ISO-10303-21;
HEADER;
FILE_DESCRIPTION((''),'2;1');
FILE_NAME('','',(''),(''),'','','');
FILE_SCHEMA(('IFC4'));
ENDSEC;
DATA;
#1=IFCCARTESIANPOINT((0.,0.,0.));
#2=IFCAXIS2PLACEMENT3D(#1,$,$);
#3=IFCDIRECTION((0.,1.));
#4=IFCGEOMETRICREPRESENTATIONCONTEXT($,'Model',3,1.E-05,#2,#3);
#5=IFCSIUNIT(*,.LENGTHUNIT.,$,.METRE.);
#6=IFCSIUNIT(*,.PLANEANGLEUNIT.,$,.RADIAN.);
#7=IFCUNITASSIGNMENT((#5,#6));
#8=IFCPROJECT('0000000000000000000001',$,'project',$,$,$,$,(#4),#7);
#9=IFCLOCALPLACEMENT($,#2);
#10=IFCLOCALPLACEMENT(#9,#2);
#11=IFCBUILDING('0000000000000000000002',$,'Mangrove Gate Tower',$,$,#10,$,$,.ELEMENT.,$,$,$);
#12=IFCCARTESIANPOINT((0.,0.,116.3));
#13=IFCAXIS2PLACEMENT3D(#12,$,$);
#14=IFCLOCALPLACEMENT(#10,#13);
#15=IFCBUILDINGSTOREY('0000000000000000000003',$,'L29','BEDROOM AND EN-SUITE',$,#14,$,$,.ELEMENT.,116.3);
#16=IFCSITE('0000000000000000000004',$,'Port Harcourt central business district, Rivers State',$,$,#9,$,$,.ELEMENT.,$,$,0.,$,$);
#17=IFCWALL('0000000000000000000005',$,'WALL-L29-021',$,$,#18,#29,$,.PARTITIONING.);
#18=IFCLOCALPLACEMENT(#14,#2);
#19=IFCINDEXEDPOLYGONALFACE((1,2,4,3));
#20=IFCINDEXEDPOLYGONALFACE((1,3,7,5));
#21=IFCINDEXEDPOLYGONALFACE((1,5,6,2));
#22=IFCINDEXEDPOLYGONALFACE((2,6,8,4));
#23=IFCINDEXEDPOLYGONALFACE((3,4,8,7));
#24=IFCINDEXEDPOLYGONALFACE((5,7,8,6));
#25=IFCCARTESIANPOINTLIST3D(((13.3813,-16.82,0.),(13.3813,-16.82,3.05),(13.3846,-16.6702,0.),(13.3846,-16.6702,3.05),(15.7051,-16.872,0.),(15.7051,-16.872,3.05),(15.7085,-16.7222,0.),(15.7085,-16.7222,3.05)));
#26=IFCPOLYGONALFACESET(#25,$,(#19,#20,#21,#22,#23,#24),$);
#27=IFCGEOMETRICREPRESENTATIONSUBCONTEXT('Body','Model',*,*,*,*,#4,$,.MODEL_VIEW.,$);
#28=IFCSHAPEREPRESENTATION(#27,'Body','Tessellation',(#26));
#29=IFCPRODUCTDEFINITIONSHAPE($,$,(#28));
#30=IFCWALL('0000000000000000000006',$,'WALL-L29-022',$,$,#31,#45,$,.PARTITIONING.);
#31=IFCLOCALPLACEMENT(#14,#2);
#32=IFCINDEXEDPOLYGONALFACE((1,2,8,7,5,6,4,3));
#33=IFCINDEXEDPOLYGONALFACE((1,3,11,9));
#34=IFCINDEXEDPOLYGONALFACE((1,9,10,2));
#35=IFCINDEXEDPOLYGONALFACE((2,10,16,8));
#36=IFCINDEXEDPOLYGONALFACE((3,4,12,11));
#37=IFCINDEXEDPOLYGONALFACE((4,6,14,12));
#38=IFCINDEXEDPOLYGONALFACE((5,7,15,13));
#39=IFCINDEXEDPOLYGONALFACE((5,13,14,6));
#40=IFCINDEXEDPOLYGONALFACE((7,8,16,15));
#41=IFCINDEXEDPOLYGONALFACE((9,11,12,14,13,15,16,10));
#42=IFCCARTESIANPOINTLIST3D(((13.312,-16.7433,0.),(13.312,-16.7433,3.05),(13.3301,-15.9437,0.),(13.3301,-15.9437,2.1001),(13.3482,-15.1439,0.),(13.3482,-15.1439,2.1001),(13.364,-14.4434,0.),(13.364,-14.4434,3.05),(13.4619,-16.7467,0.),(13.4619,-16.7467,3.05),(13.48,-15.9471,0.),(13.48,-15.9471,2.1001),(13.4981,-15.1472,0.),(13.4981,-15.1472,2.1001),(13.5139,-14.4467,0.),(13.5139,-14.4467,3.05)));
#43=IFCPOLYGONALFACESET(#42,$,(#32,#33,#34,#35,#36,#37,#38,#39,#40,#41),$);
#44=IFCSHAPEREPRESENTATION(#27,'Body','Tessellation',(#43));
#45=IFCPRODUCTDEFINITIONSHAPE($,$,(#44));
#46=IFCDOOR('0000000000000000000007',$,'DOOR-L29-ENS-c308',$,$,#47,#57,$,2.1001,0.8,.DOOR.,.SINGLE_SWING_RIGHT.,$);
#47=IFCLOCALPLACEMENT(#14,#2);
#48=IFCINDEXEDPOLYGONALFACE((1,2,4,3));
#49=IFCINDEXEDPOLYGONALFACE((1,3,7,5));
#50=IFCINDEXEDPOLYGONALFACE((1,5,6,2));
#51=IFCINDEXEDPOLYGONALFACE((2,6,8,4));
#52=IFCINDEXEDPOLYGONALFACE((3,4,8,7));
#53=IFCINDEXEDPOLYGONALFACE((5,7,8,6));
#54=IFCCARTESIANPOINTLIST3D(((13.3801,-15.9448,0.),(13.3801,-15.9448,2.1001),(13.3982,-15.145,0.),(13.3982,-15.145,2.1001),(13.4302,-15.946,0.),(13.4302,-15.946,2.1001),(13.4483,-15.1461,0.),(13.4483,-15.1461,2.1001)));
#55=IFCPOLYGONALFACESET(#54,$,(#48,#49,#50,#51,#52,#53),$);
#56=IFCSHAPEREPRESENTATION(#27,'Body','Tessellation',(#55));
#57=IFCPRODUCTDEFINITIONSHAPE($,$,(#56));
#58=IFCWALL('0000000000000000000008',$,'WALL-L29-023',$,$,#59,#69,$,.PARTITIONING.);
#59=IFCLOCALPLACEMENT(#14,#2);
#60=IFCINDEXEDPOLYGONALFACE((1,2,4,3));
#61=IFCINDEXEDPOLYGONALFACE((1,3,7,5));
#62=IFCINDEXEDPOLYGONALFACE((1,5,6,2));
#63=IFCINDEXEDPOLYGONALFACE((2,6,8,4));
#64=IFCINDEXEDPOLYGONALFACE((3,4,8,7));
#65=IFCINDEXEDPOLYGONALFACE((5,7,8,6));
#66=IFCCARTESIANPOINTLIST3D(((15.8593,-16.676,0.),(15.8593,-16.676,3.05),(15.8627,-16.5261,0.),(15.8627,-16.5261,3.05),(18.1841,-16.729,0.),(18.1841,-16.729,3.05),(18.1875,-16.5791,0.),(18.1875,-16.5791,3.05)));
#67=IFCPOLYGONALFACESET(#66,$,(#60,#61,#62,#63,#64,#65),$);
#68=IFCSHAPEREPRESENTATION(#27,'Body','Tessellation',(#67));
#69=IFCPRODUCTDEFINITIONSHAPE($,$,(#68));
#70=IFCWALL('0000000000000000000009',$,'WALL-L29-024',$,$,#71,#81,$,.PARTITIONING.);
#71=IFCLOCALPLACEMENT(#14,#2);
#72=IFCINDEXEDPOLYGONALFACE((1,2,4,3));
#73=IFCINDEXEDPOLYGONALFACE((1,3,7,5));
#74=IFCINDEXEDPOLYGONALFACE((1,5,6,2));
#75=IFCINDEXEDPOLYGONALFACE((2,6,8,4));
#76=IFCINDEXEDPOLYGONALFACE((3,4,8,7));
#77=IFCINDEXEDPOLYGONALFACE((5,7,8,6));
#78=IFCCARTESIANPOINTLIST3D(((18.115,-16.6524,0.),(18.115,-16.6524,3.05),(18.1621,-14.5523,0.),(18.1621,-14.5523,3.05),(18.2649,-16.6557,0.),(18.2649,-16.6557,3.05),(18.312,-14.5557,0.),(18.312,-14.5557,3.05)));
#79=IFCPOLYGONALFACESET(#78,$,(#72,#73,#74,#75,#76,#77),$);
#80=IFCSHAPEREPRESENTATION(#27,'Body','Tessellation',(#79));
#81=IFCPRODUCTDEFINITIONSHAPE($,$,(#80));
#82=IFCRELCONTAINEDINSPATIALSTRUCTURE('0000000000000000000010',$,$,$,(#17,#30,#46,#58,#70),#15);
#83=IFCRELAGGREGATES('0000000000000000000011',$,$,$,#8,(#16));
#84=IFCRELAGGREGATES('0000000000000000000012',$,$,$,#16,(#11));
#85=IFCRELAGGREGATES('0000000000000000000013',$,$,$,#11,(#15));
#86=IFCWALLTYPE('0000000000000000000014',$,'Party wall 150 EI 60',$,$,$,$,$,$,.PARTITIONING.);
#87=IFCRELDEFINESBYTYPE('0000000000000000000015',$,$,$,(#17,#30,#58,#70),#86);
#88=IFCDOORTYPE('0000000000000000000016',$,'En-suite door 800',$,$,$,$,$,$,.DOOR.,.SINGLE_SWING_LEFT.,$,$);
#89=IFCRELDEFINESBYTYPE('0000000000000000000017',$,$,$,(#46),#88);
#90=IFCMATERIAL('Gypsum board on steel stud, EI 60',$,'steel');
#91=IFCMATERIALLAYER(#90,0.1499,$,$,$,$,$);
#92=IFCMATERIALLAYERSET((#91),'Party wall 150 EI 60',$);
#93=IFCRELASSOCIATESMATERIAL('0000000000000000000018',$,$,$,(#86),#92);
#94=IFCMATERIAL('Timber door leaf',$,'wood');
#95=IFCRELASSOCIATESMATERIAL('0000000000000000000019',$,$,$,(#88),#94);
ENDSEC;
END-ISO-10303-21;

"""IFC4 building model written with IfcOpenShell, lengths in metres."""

from ifc_helpers import new_model, si_unit, direction, frame, frame_2d, origin, place, context, subcontext, project, spatial, rectangle, extrude, material, layer, layer_set, type_object, element, fill, save


model = new_model("IFC4")

# Units and contexts
model_context = context("Model", 3, precision=1e-05, world=origin(), true_north=direction((0.0, 1.0)))
body_context = subcontext(model_context, "Body", "Model", "MODEL_VIEW")
ifc_project = project(units=[si_unit("LENGTHUNIT", "METRE"), si_unit("PLANEANGLEUNIT", "RADIAN")], contexts=[model_context])

# Site, building, storey
site_placement = place(None, origin())
site = spatial("IfcSite", under=ifc_project, at=site_placement, Name="Port Harcourt central business district, Rivers State", CompositionType="ELEMENT", RefElevation=0.0)
building_placement = place(site_placement, origin())
building = spatial("IfcBuilding", under=site, at=building_placement, Name="Mangrove Gate Tower", CompositionType="ELEMENT")
storey_placement = place(building_placement, frame((0.0, 0.0, 116.3)))
storey = spatial("IfcBuildingStorey", under=building, at=storey_placement, Name="L29", Description="BEDROOM AND EN-SUITE", CompositionType="ELEMENT", Elevation=116.3)

# Wall
ifc_material_1 = material(Name="Gypsum board on steel stud, EI 60", Category="steel")
ifc_layer_1 = layer(ifc_material_1, 0.1499)
ifc_layer_set_1 = layer_set([ifc_layer_1], Name="Party wall 150 EI 60")
wall_type_1 = type_object("IfcWallType", Name="Party wall 150 EI 60", PredefinedType="PARTITIONING", material=ifc_layer_set_1)
wall_1_placement = place(storey_placement, frame((13.3831, -16.7451, 0.0), z_axis=(0.0, 0.0, 1.0), x_axis=(0.99975, -0.022371, 0.0)))
element("IfcWall", 1, at=wall_1_placement, inside=storey, type_object=wall_type_1, Name="WALL-L29-021", PredefinedType="PARTITIONING", context=body_context, shape_type="SweptSolid", body=[
    extrude(rectangle(XDim=2.3245, YDim=0.1499, at=frame_2d((1.1621, 0.0))), origin(), (0.0, 0.0, 1.0), 3.05),
])

# Wall, opening, door
wall_2_placement = place(storey_placement, frame((13.387, -16.7451, 0.0), z_axis=(0.0, 0.0, 1.0), x_axis=(0.022603, 0.999745, 0.0)))
wall_2 = element("IfcWall", 2, at=wall_2_placement, inside=storey, type_object=wall_type_1, Name="WALL-L29-022", PredefinedType="PARTITIONING", context=body_context, shape_type="SweptSolid", body=[
    extrude(rectangle(XDim=2.3005, YDim=0.1499, at=frame_2d((1.1504, 0.0))), origin(), (0.0, 0.0, 1.0), 3.05),
])
opening_1_placement = place(wall_2_placement, frame((0.8, 0.0, 0.0)))
opening_1 = element("IfcOpeningElement", 3, at=opening_1_placement, cuts=wall_2, PredefinedType="OPENING", context=body_context, shape_type="SweptSolid", body=[
    extrude(rectangle(XDim=0.8, YDim=2.1001, at=frame_2d((0.3999, 1.05))), frame((0.0, 0.085, 0.0), z_axis=(0.0, -1.0, 0.0), x_axis=(1.0, 0.0, 0.0)), (0.0, 0.0, 1.0), 0.1699),
])
ifc_material_2 = material(Name="Timber door leaf", Category="wood")
door_type_1 = type_object("IfcDoorType", Name="En-suite door 800", OperationType="SINGLE_SWING_LEFT", PredefinedType="DOOR", material=ifc_material_2)
door_1_placement = place(opening_1_placement, origin())
door_1 = element("IfcDoor", 4, at=door_1_placement, inside=storey, type_object=door_type_1, Name="DOOR-L29-ENS-c308", OperationType="SINGLE_SWING_RIGHT", OverallHeight=2.1001, OverallWidth=0.8, PredefinedType="DOOR", context=body_context, shape_type="SweptSolid", body=[
    extrude(rectangle(XDim=0.8, YDim=2.1001, at=frame_2d((0.3999, 1.05))), frame((0.0, 0.0249, 0.0), z_axis=(0.0, -1.0, 0.0), x_axis=(1.0, 0.0, 0.0)), (0.0, 0.0, 1.0), 0.05),
])
fill(opening_1, door_1)

# Walls
wall_3_placement = place(storey_placement, frame((15.8611, -16.6011, 0.0), z_axis=(0.0, 0.0, 1.0), x_axis=(0.99974, -0.022781, 0.0)))
element("IfcWall", 5, at=wall_3_placement, inside=storey, type_object=wall_type_1, Name="WALL-L29-023", PredefinedType="PARTITIONING", context=body_context, shape_type="SweptSolid", body=[
    extrude(rectangle(XDim=2.3254, YDim=0.1499, at=frame_2d((1.1626, 0.0))), origin(), (0.0, 0.0, 1.0), 3.05),
])
wall_4_placement = place(storey_placement, frame((18.1899, -16.6541, 0.0), z_axis=(0.0, 0.0, 1.0), x_axis=(0.022431, 0.999748, 0.0)))
element("IfcWall", 6, at=wall_4_placement, inside=storey, type_object=wall_type_1, Name="WALL-L29-024", PredefinedType="PARTITIONING", context=body_context, shape_type="SweptSolid", body=[
    extrude(rectangle(XDim=2.1006, YDim=0.1499, at=frame_2d((1.0503, 0.0))), origin(), (0.0, 0.0, 1.0), 3.05),
])

save(model, "model.ifc")
